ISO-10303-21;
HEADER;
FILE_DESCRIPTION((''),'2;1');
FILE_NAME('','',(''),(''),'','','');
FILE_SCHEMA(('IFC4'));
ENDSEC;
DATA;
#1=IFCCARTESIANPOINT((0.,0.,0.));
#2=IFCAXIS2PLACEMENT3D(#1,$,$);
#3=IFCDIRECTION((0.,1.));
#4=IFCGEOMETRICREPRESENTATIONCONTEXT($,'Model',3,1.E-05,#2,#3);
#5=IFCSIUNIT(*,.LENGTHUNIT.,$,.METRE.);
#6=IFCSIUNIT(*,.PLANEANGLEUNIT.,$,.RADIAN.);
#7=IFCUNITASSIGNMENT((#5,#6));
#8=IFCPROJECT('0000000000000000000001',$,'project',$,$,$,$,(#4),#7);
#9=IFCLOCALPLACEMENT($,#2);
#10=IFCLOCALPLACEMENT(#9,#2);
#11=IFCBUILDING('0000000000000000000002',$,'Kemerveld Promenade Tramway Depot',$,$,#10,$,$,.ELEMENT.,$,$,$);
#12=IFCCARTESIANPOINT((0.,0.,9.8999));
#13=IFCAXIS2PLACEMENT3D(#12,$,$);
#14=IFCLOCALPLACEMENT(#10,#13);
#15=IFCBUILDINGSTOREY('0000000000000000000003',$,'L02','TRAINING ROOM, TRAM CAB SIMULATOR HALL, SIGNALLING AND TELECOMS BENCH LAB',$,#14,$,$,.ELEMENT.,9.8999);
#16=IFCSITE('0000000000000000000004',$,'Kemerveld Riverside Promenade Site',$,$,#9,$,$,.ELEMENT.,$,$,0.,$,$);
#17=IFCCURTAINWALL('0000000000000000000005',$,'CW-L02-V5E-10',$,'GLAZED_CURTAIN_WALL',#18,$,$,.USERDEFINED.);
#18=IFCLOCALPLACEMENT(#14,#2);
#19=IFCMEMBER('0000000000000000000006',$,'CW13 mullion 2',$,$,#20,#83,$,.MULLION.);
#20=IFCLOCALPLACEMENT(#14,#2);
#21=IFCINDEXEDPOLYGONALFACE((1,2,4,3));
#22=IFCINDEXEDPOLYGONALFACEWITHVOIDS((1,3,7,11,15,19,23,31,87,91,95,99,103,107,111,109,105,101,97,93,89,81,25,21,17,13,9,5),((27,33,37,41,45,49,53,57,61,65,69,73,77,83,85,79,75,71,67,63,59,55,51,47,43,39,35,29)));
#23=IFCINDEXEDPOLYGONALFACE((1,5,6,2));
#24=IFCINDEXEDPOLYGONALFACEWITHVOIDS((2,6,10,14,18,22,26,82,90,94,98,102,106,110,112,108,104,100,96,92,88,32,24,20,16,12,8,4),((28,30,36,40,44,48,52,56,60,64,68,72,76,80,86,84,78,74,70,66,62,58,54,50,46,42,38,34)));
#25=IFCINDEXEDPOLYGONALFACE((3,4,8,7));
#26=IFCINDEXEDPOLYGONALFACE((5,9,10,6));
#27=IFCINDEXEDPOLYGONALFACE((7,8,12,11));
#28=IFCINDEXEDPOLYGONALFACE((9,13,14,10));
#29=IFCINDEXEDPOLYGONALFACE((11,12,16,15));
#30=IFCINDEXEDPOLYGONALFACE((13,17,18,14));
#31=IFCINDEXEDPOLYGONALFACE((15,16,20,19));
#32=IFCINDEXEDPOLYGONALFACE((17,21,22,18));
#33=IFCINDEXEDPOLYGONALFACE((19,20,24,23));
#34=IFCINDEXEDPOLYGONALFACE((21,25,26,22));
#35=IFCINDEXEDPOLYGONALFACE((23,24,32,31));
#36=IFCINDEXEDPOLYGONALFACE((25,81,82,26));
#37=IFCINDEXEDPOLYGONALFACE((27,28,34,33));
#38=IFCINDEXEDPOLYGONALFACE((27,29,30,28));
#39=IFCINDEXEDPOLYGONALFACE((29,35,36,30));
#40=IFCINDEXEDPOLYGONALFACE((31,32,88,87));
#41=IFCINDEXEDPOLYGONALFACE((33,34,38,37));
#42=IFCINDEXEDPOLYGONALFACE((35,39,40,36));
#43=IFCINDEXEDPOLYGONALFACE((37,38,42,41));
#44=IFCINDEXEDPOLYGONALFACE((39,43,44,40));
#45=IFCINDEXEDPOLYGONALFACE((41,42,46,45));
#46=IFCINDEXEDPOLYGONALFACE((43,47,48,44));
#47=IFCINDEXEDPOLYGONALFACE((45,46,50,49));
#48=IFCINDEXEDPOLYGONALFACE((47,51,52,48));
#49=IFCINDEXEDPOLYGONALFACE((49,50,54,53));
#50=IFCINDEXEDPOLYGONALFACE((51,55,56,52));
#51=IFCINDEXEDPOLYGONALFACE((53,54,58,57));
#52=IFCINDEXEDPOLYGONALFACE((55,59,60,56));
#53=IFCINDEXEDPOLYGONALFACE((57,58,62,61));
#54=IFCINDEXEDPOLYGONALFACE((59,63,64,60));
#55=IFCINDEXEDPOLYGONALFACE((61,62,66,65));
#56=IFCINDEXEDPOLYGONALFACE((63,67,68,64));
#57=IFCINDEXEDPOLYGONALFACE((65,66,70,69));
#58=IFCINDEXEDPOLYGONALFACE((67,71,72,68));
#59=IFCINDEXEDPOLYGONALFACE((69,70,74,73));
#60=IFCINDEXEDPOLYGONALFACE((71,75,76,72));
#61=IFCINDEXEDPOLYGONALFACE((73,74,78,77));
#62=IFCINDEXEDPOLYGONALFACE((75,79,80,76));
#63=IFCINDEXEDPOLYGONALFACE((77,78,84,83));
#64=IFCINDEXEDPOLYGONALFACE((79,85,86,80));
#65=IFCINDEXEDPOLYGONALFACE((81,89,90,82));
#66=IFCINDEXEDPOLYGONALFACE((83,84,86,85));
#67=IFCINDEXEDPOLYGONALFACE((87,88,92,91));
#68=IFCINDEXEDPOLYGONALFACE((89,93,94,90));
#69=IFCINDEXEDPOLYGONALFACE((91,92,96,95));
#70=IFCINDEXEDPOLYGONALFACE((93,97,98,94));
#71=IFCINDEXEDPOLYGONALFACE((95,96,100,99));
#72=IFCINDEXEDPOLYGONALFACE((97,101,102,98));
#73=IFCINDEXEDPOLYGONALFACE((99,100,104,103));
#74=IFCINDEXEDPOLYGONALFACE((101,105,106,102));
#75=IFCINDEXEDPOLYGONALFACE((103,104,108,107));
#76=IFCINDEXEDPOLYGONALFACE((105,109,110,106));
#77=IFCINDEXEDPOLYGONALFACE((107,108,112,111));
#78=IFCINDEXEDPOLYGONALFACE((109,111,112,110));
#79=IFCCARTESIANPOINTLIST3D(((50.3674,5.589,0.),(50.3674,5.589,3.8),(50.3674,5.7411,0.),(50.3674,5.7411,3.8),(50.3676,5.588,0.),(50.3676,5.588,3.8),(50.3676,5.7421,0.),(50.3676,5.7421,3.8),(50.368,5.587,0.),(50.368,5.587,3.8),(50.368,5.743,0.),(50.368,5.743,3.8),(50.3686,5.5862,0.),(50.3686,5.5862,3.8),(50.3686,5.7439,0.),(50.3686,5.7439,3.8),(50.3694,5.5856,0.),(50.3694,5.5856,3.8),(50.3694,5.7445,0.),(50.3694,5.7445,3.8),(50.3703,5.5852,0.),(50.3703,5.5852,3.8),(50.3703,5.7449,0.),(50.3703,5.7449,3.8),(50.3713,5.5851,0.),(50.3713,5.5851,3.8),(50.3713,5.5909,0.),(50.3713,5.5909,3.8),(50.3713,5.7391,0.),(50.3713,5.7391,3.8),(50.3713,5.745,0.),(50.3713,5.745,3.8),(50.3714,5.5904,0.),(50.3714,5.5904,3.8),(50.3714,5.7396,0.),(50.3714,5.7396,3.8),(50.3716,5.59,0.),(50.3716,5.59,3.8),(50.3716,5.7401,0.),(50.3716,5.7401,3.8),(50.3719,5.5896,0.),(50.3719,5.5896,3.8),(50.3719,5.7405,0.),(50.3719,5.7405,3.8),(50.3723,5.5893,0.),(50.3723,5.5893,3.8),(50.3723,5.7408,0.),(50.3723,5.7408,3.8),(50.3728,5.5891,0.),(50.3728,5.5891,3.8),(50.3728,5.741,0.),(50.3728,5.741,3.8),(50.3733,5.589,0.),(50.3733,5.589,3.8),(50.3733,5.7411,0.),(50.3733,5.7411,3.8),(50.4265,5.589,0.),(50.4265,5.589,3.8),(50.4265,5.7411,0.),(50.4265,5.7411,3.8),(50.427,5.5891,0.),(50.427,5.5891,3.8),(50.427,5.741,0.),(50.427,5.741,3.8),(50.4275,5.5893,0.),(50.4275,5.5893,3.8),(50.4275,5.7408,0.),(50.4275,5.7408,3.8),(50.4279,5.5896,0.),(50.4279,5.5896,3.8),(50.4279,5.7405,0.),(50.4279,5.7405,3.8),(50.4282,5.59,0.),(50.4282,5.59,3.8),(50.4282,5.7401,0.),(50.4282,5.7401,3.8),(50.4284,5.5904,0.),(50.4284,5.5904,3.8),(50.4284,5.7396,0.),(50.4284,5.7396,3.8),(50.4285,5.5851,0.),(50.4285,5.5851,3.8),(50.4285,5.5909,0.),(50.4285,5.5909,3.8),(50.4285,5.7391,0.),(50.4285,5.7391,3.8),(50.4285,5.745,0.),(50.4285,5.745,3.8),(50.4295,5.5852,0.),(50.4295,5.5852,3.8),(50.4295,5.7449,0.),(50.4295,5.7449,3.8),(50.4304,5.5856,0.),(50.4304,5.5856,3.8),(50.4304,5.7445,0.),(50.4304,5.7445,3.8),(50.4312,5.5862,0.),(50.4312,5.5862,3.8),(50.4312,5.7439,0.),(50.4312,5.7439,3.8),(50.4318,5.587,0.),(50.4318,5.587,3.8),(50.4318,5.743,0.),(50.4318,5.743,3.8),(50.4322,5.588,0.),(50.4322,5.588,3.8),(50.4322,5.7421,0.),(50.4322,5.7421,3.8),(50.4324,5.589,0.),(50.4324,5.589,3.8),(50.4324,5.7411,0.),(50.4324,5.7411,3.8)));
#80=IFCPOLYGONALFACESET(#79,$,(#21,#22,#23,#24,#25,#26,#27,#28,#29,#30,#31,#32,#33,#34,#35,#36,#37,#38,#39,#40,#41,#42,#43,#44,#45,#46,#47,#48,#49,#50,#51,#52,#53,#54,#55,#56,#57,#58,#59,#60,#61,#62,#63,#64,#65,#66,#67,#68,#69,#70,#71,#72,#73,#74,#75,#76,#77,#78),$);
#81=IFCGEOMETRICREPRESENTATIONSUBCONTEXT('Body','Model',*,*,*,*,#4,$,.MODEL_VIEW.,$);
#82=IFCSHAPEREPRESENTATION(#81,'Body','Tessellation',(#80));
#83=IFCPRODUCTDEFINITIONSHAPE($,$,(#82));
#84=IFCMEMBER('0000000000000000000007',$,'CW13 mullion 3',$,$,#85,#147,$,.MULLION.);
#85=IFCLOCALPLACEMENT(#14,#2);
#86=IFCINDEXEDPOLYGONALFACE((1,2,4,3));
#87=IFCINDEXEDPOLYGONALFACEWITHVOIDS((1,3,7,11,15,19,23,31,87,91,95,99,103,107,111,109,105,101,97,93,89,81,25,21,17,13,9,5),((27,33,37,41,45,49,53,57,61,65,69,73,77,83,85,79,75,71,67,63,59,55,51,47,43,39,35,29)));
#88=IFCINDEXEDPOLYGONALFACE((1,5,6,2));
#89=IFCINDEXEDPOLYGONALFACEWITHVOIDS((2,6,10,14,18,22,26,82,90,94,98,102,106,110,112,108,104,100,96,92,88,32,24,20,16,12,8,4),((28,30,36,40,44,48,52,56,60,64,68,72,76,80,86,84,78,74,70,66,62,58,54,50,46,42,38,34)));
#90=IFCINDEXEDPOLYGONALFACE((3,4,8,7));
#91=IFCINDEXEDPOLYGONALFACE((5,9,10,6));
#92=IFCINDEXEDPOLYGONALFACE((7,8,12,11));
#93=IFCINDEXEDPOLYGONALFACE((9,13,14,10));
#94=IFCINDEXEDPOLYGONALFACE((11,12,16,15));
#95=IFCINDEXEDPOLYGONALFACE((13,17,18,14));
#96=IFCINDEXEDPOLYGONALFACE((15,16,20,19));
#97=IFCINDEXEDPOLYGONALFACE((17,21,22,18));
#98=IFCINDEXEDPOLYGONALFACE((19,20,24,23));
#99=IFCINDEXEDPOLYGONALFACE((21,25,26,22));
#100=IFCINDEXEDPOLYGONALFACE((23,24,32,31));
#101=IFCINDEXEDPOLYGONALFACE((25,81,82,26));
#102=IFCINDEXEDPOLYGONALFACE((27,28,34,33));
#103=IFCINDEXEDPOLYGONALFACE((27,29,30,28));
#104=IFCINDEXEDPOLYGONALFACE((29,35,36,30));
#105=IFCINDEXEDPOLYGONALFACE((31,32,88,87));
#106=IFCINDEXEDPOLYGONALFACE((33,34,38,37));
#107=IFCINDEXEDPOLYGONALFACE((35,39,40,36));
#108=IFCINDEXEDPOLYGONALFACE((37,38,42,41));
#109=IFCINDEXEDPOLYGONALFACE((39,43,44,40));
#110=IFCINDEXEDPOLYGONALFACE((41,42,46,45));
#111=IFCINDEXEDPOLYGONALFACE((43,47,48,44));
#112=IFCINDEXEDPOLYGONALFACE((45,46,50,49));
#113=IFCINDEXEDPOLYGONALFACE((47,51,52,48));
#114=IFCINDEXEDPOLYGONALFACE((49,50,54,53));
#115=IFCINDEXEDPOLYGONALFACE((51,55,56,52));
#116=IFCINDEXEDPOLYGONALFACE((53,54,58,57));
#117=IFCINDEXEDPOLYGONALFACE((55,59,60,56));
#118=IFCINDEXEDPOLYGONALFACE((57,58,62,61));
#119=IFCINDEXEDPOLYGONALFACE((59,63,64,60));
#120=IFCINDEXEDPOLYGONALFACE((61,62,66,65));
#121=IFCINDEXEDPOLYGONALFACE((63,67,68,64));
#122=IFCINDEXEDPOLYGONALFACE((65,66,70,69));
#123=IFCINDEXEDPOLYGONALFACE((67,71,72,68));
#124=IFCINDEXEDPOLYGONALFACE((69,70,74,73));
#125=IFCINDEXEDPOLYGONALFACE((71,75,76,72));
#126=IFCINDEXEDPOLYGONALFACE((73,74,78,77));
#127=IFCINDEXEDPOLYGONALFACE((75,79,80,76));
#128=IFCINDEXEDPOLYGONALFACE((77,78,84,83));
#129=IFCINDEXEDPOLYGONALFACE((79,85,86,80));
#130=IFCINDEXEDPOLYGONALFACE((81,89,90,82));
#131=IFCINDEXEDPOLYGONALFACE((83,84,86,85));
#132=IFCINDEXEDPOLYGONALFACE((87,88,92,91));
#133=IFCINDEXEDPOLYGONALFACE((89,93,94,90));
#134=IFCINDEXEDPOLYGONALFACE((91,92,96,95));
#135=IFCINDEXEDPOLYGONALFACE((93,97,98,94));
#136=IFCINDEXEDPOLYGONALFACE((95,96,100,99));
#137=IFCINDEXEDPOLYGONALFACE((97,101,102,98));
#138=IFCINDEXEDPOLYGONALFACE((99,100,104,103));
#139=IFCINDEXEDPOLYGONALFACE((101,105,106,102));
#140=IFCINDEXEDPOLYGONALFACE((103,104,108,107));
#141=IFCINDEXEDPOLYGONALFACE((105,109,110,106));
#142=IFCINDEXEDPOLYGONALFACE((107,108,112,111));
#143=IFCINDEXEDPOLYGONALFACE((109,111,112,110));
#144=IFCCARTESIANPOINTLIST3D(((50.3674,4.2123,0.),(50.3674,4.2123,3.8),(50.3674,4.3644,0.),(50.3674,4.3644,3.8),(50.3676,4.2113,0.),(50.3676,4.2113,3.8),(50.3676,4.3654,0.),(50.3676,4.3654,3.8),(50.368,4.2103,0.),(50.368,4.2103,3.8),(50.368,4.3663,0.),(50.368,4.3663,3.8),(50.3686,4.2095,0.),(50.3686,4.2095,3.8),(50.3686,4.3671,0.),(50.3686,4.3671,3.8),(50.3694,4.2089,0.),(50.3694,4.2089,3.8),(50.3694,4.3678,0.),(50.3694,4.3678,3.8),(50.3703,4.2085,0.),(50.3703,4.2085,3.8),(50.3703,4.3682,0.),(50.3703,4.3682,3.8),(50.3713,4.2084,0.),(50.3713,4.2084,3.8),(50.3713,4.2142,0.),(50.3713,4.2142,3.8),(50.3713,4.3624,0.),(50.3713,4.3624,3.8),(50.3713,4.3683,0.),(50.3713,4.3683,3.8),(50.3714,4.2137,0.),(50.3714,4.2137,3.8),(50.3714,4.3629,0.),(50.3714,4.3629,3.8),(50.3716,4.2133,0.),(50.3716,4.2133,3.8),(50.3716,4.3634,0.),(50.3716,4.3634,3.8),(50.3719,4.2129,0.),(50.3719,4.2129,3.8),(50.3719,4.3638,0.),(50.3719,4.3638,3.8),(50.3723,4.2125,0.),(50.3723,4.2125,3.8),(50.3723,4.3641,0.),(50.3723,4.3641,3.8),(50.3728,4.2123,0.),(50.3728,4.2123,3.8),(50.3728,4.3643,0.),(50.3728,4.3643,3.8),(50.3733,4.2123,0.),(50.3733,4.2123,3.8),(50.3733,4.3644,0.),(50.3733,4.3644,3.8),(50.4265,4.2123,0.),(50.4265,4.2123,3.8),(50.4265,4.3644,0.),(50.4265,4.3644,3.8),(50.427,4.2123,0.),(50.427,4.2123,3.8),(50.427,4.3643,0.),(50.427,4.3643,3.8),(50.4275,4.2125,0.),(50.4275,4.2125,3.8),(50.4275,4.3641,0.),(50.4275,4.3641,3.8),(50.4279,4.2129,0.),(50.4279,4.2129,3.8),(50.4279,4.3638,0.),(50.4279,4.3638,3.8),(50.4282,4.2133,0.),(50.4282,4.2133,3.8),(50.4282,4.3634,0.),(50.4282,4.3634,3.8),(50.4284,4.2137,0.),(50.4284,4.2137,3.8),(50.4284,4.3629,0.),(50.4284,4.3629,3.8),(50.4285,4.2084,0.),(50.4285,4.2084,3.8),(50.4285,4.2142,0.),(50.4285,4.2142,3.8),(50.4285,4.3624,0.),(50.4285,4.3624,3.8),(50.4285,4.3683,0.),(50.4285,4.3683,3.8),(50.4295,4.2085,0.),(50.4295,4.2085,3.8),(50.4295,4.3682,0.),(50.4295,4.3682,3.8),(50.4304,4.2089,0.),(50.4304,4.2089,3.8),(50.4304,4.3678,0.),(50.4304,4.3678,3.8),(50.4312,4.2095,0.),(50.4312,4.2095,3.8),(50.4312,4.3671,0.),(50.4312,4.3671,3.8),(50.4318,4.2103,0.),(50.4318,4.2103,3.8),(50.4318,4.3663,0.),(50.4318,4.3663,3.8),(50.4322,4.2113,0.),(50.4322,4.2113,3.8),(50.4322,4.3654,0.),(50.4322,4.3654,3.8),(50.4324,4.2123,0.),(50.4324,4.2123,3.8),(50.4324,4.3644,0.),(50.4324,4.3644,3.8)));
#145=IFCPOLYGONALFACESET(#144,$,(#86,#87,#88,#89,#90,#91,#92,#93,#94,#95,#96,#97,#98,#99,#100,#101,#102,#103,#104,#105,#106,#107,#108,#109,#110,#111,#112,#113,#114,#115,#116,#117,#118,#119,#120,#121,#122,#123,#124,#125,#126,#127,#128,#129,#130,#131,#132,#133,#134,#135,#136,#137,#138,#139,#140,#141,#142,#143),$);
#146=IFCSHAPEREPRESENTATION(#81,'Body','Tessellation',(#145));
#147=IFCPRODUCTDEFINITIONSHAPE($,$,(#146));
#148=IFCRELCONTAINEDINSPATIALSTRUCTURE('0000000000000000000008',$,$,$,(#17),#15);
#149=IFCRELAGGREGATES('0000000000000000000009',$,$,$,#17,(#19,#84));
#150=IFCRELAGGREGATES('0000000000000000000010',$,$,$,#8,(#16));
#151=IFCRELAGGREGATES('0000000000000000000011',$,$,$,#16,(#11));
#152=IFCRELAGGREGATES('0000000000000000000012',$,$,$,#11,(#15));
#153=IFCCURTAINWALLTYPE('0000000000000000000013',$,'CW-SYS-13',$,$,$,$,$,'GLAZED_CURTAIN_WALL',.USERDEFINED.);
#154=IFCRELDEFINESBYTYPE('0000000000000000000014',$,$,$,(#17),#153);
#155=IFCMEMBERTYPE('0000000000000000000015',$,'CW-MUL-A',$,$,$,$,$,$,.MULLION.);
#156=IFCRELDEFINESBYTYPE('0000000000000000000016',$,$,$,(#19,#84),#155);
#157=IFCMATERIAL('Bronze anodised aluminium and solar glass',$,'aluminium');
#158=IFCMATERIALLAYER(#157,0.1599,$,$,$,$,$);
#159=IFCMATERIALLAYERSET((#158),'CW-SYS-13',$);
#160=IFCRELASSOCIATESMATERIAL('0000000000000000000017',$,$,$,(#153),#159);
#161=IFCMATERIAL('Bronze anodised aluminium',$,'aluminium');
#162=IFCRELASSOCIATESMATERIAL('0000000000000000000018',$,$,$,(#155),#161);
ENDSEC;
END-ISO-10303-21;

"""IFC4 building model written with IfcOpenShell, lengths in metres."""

from ifc_helpers import new_model, si_unit, direction, frame, origin, origin_2d, place, context, subcontext, project, spatial, hollow_rectangle, extrude, material, layer, layer_set, material_profile, profile_set, type_object, element, aggregate, save


model = new_model("IFC4")

# Units and contexts
model_context = context("Model", 3, precision=1e-05, world=origin(), true_north=direction((0.0, 1.0)))
body_context = subcontext(model_context, "Body", "Model", "MODEL_VIEW")
ifc_project = project(units=[si_unit("LENGTHUNIT", "METRE"), si_unit("PLANEANGLEUNIT", "RADIAN")], contexts=[model_context])

# Site, building, storey
site_placement = place(None, origin())
site = spatial("IfcSite", under=ifc_project, at=site_placement, Name="Kemerveld Riverside Promenade Site", CompositionType="ELEMENT", RefElevation=0.0)
building_placement = place(site_placement, origin())
building = spatial("IfcBuilding", under=site, at=building_placement, Name="Kemerveld Promenade Tramway Depot", CompositionType="ELEMENT")
storey_placement = place(building_placement, frame((0.0, 0.0, 9.8999)))
storey = spatial("IfcBuildingStorey", under=building, at=storey_placement, Name="L02", Description="TRAINING ROOM, TRAM CAB SIMULATOR HALL, SIGNALLING AND TELECOMS BENCH LAB", CompositionType="ELEMENT", Elevation=9.8999)

# Curtain wall, members
ifc_material_1 = material(Name="Bronze anodised aluminium and solar glass", Category="aluminium")
ifc_layer_1 = layer(ifc_material_1, 0.1599)
ifc_layer_set_1 = layer_set([ifc_layer_1], Name="CW-SYS-13")
curtain_wall_type = type_object("IfcCurtainWallType", Name="CW-SYS-13", ElementType="GLAZED_CURTAIN_WALL", PredefinedType="USERDEFINED", material=ifc_layer_set_1)
curtain_wall_placement = place(storey_placement, origin())
curtain_wall = element("IfcCurtainWall", 1, at=curtain_wall_placement, inside=storey, type_object=curtain_wall_type, Name="CW-L02-V5E-10", ObjectType="GLAZED_CURTAIN_WALL", PredefinedType="USERDEFINED")
ifc_material_2 = material(Name="Bronze anodised aluminium", Category="aluminium")
ifc_material_profile_1 = material_profile(ifc_material_2, hollow_rectangle(XDim=0.0649, YDim=0.1599, WallThickness=0.0039, InnerFilletRadius=0.002, OuterFilletRadius=0.0039, at=origin_2d()), Name="CW-MUL-160x65")
ifc_profile_set_1 = profile_set([ifc_material_profile_1], Name="Bronze anodised aluminium")
member_type_1 = type_object("IfcMemberType", Name="CW-MUL-A", PredefinedType="MULLION", material=ifc_profile_set_1)
member_1_placement = place(storey_placement, frame((50.3999, 5.665, 0.0), z_axis=(0.0, 0.0, 1.0), x_axis=(1.0, 0.0, 0.0)))
member_1 = element("IfcMember", 2, at=member_1_placement, type_object=member_type_1, Name="CW13 mullion 2", PredefinedType="MULLION", context=body_context, shape_type="SweptSolid", body=[
    extrude(hollow_rectangle(XDim=0.0649, YDim=0.1599, WallThickness=0.0039, InnerFilletRadius=0.002, OuterFilletRadius=0.0039, at=origin_2d()), origin(), (0.0, 0.0, 1.0), 3.8),
])
member_2_placement = place(storey_placement, frame((50.3999, 4.2883, 0.0), z_axis=(0.0, 0.0, 1.0), x_axis=(1.0, 0.0, 0.0)))
member_2 = element("IfcMember", 3, at=member_2_placement, type_object=member_type_1, Name="CW13 mullion 3", PredefinedType="MULLION", context=body_context, shape_type="SweptSolid", body=[
    extrude(hollow_rectangle(XDim=0.0649, YDim=0.1599, WallThickness=0.0039, InnerFilletRadius=0.002, OuterFilletRadius=0.0039, at=origin_2d()), origin(), (0.0, 0.0, 1.0), 3.8),
])
aggregate(curtain_wall, [member_1, member_2])

save(model, "model.ifc")
